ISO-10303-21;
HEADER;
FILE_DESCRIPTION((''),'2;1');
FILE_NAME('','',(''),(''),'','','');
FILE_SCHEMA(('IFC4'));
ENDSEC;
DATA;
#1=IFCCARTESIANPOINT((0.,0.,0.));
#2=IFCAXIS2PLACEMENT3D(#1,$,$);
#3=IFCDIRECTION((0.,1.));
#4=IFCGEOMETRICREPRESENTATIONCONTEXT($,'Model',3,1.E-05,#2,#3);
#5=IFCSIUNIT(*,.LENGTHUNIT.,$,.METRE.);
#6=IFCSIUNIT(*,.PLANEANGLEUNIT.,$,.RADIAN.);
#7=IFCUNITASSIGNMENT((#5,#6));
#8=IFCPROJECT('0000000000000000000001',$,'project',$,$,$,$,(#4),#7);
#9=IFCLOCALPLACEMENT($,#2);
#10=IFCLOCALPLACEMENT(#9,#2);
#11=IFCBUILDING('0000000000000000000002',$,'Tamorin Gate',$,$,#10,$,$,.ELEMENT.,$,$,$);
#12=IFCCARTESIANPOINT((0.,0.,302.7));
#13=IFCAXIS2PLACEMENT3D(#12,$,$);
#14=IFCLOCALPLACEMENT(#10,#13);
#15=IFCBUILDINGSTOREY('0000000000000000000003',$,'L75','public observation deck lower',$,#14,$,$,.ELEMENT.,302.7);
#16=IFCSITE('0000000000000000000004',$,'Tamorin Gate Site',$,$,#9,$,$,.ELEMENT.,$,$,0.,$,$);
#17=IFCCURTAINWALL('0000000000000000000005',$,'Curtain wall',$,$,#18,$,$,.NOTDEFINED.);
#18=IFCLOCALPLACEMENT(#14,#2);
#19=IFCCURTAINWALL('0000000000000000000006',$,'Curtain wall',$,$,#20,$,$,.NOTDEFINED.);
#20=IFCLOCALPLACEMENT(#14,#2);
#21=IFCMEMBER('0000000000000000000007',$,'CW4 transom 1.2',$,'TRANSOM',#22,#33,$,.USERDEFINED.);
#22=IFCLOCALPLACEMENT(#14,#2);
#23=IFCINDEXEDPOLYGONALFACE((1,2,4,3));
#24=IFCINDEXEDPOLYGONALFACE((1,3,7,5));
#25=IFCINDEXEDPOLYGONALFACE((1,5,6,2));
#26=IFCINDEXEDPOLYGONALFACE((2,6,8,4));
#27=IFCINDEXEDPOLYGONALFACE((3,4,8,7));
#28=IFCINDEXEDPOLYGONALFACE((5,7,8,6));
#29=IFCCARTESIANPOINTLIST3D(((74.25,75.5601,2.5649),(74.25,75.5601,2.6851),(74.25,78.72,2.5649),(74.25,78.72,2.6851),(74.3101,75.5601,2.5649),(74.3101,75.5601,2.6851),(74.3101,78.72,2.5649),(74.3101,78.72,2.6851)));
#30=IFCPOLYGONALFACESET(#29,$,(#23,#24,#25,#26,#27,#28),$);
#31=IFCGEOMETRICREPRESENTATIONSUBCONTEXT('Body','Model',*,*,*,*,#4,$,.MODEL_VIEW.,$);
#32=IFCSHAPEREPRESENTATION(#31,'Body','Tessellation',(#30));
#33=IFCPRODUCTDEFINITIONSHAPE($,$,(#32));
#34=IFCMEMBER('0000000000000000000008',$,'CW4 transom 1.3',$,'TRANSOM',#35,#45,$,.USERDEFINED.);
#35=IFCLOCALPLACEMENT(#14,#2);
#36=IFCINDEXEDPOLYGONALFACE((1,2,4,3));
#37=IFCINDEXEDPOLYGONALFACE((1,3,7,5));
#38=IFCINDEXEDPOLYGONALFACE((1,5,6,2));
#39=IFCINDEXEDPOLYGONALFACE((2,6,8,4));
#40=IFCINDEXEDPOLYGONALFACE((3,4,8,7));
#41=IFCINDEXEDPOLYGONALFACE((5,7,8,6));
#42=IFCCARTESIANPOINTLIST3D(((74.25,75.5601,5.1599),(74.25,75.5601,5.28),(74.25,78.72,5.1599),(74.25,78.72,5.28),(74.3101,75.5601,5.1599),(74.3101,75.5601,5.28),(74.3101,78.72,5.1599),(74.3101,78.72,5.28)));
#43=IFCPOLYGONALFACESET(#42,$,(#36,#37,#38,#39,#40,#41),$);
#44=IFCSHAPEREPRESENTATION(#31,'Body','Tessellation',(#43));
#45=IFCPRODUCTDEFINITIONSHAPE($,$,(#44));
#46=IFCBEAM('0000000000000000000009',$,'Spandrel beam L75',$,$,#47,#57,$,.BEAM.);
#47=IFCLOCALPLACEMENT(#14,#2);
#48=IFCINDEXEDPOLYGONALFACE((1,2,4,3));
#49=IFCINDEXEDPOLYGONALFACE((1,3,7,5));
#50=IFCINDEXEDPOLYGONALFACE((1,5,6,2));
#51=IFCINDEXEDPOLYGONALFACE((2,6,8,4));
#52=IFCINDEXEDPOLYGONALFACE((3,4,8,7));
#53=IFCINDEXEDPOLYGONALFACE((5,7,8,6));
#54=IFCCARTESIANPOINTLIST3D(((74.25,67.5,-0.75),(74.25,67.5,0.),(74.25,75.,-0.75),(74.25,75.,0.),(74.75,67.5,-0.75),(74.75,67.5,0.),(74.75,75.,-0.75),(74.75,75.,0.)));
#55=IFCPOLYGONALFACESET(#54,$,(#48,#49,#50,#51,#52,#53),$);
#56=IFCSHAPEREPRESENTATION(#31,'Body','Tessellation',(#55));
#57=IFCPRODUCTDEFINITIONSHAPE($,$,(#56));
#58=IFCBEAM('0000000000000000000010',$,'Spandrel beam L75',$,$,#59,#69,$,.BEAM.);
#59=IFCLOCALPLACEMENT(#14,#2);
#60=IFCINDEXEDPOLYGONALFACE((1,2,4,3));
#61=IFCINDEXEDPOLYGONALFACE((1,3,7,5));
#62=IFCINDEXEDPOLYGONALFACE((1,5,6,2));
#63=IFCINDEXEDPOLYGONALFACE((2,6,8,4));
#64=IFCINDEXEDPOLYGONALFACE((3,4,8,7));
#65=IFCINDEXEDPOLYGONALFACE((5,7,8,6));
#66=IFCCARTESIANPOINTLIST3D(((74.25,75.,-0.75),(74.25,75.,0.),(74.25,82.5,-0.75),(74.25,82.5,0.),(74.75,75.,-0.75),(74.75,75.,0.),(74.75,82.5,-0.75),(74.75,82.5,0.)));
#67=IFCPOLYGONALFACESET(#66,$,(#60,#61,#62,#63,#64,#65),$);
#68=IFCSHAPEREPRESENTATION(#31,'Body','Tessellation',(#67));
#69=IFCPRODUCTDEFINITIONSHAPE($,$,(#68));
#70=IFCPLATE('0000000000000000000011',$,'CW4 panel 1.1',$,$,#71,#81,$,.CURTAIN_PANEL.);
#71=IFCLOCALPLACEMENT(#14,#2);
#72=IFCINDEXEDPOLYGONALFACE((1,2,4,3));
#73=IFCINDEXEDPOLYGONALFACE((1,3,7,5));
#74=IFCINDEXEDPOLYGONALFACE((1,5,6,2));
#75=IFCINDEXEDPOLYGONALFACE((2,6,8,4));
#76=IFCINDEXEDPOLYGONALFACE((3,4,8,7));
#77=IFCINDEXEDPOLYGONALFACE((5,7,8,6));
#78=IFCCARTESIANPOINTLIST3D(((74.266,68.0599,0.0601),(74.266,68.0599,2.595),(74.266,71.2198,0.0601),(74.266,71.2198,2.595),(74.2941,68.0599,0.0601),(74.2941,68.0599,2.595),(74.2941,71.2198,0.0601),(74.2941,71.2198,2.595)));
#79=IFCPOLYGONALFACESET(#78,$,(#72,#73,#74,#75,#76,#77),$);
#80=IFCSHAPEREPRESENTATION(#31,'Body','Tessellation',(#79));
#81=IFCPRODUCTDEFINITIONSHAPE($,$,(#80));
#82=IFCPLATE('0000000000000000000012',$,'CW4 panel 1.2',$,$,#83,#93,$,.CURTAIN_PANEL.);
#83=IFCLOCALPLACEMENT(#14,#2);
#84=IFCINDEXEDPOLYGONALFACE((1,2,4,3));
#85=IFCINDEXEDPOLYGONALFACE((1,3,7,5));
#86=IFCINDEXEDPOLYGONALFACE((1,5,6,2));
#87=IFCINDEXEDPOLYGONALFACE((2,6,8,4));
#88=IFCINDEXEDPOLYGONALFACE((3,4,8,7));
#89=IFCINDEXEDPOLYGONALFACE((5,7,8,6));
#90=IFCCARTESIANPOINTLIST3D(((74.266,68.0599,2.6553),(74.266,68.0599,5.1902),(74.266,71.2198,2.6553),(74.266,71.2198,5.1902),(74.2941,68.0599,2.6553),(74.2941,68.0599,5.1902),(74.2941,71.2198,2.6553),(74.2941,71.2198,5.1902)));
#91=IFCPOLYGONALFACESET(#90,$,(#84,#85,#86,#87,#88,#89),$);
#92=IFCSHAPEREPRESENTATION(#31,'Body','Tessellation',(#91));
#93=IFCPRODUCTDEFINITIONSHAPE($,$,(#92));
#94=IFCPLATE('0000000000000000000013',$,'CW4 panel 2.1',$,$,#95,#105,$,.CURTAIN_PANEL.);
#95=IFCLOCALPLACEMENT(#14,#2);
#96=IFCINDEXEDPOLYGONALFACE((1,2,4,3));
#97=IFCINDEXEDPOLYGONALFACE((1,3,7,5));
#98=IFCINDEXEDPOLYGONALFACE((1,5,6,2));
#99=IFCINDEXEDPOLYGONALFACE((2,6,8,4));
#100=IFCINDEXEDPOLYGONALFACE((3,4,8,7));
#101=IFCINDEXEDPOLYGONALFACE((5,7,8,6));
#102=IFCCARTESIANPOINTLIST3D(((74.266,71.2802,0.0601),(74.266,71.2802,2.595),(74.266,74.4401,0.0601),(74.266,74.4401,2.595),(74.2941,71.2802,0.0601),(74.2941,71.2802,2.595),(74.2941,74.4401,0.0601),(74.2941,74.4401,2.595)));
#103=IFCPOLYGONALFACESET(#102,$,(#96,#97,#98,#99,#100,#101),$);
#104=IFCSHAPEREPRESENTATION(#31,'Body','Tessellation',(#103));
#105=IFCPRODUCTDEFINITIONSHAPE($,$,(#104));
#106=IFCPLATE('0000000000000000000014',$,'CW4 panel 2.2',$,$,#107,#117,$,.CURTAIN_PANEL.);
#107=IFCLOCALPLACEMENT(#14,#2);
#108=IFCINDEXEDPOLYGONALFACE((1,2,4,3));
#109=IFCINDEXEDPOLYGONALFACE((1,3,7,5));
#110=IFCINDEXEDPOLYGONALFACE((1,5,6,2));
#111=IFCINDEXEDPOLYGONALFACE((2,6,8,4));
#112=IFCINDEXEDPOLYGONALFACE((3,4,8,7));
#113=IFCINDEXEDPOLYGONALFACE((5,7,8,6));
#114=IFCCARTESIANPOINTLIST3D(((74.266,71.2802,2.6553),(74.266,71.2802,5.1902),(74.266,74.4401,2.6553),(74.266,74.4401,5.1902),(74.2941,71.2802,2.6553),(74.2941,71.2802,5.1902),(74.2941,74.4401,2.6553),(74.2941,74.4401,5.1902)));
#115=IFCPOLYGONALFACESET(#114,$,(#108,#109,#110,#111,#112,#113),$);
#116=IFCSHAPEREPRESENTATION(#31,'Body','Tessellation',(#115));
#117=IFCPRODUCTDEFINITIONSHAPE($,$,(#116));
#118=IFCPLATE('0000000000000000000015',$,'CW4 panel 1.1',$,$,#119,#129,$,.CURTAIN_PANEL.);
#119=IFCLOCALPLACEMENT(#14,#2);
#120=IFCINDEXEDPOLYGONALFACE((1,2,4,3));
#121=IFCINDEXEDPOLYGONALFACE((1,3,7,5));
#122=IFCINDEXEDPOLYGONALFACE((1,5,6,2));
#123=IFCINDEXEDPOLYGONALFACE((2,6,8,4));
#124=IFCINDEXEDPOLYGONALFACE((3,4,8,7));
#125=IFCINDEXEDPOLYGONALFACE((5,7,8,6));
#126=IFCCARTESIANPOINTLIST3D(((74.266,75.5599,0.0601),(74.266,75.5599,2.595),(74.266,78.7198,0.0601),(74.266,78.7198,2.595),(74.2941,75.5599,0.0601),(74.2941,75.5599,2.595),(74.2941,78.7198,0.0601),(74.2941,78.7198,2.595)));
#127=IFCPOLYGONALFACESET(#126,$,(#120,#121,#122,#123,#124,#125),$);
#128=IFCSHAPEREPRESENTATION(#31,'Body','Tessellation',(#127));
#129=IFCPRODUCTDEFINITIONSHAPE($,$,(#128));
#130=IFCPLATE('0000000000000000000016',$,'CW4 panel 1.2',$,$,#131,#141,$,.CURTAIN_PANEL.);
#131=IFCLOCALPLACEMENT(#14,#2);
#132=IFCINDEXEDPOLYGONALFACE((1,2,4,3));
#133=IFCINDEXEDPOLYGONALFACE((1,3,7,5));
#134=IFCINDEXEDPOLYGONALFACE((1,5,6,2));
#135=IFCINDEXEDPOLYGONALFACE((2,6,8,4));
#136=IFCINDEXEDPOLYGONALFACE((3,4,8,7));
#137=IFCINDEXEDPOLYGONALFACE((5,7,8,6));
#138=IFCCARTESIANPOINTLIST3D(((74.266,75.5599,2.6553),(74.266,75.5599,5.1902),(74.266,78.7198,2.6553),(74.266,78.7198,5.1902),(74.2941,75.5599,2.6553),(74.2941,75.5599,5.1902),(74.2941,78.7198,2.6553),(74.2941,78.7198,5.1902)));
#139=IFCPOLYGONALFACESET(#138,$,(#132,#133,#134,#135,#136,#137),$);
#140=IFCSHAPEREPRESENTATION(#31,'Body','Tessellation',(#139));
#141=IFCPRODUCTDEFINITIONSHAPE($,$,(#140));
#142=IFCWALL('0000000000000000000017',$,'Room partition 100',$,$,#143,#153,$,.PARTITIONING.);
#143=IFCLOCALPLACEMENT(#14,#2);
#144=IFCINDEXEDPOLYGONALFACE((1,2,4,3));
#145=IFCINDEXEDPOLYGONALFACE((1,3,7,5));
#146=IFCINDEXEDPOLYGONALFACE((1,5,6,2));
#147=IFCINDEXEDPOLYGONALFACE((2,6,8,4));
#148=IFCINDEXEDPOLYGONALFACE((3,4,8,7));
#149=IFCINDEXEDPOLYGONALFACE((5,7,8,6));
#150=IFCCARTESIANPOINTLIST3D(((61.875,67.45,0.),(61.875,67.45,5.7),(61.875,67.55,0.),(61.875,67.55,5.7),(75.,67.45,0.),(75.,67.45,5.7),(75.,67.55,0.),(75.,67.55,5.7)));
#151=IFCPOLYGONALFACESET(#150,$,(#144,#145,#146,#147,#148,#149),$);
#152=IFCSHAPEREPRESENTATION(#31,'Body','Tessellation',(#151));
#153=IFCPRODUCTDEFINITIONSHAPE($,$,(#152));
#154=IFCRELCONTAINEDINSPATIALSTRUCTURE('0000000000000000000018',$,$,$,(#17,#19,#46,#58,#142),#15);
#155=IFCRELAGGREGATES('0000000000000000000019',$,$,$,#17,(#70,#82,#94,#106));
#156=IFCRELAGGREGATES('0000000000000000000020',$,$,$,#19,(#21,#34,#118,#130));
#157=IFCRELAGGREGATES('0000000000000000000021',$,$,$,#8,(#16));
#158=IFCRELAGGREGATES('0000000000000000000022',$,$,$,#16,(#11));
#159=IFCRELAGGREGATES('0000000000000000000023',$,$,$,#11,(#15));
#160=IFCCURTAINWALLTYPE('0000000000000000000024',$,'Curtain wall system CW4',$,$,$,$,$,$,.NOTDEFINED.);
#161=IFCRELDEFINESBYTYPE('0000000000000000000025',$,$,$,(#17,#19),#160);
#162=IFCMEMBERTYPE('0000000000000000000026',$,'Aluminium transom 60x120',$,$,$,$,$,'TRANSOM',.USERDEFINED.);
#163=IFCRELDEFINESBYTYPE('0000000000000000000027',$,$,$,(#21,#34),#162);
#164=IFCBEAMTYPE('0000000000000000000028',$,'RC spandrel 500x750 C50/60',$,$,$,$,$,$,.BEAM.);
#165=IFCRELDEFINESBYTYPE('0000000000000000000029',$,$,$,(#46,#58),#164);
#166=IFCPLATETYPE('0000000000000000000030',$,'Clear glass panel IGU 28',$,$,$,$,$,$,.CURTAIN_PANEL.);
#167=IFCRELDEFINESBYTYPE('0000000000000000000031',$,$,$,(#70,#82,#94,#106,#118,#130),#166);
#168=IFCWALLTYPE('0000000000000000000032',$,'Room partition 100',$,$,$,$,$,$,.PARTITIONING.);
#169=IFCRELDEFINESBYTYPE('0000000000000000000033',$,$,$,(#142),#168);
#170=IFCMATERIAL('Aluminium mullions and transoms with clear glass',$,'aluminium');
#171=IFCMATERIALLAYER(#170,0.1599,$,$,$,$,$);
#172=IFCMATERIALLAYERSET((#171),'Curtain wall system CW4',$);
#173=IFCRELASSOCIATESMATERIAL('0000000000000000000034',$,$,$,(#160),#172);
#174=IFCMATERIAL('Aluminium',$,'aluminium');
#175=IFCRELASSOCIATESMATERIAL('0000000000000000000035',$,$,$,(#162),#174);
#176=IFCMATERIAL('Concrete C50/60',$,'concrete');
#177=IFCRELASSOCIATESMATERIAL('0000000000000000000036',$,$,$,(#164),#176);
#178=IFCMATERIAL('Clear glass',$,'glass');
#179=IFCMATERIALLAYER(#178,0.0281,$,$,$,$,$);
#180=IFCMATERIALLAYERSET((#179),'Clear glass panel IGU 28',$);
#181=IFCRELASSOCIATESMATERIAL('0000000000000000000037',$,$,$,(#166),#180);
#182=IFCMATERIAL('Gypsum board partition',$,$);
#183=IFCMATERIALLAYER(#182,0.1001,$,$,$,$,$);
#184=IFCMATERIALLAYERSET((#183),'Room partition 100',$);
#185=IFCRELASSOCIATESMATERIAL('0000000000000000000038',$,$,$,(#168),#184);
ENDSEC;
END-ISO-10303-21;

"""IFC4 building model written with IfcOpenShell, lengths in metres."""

from ifc_helpers import new_model, si_unit, direction, frame, frame_2d, origin, origin_2d, place, context, subcontext, project, spatial, rectangle, extrude, material, layer, layer_set, material_profile, profile_set, type_object, element, aggregate, save


model = new_model("IFC4")

# Units and contexts
model_context = context("Model", 3, precision=1e-05, world=origin(), true_north=direction((0.0, 1.0)))
body_context = subcontext(model_context, "Body", "Model", "MODEL_VIEW")
ifc_project = project(units=[si_unit("LENGTHUNIT", "METRE"), si_unit("PLANEANGLEUNIT", "RADIAN")], contexts=[model_context])

# Site, building, storey
site_placement = place(None, origin())
site = spatial("IfcSite", under=ifc_project, at=site_placement, Name="Tamorin Gate Site", CompositionType="ELEMENT", RefElevation=0.0)
building_placement = place(site_placement, origin())
building = spatial("IfcBuilding", under=site, at=building_placement, Name="Tamorin Gate", CompositionType="ELEMENT")
storey_placement = place(building_placement, frame((0.0, 0.0, 302.7)))
storey = spatial("IfcBuildingStorey", under=building, at=storey_placement, Name="L75", Description="public observation deck lower", CompositionType="ELEMENT", Elevation=302.7)

# Shared definitions
ifc_material_1 = material(Name="Concrete C50/60", Category="concrete")

# Curtain wall
ifc_material_2 = material(Name="Aluminium mullions and transoms with clear glass", Category="aluminium")
ifc_layer_1 = layer(ifc_material_2, 0.1599)
ifc_layer_set_1 = layer_set([ifc_layer_1], Name="Curtain wall system CW4")
curtain_wall_type = type_object("IfcCurtainWallType", Name="Curtain wall system CW4", PredefinedType="NOTDEFINED", material=ifc_layer_set_1)
curtain_wall_1_placement = place(storey_placement, origin())
curtain_wall_1 = element("IfcCurtainWall", 1, at=curtain_wall_1_placement, inside=storey, type_object=curtain_wall_type, Name="Curtain wall", PredefinedType="NOTDEFINED")
ifc_material_3 = material(Name="Aluminium", Category="aluminium")

# Curtain wall
curtain_wall_2_placement = place(storey_placement, origin())
curtain_wall_2 = element("IfcCurtainWall", 2, at=curtain_wall_2_placement, inside=storey, type_object=curtain_wall_type, Name="Curtain wall", PredefinedType="NOTDEFINED")

# Members
ifc_material_profile_1 = material_profile(ifc_material_3, rectangle(XDim=0.0601, YDim=0.1201, at=origin_2d()), Name="RECT 60x120")
ifc_profile_set_1 = profile_set([ifc_material_profile_1], Name="Aluminium")
member_type_1 = type_object("IfcMemberType", Name="Aluminium transom 60x120", ElementType="TRANSOM", PredefinedType="USERDEFINED", material=ifc_profile_set_1)
member_1_placement = place(storey_placement, frame((74.28, 75.5601, 2.625), z_axis=(0.0, 1.0, 0.0), x_axis=(-1.0, 0.0, 0.0)))
member_1 = element("IfcMember", 3, at=member_1_placement, type_object=member_type_1, Name="CW4 transom 1.2", ObjectType="TRANSOM", PredefinedType="USERDEFINED", context=body_context, shape_type="SweptSolid", body=[
    extrude(rectangle(XDim=0.0601, YDim=0.1201, at=origin_2d()), origin(), (0.0, 0.0, 1.0), 3.1599),
])
member_2_placement = place(storey_placement, frame((74.28, 75.5601, 5.22), z_axis=(0.0, 1.0, 0.0), x_axis=(-1.0, 0.0, 0.0)))
member_2 = element("IfcMember", 4, at=member_2_placement, type_object=member_type_1, Name="CW4 transom 1.3", ObjectType="TRANSOM", PredefinedType="USERDEFINED", context=body_context, shape_type="SweptSolid", body=[
    extrude(rectangle(XDim=0.0601, YDim=0.1201, at=origin_2d()), origin(), (0.0, 0.0, 1.0), 3.1599),
])

# Beams
ifc_material_profile_2 = material_profile(ifc_material_1, rectangle(XDim=0.5, YDim=0.75, at=origin_2d()), Name="RC 500x750")
ifc_profile_set_2 = profile_set([ifc_material_profile_2], Name="Concrete C50/60")
beam_type = type_object("IfcBeamType", Name="RC spandrel 500x750 C50/60", PredefinedType="BEAM", material=ifc_profile_set_2)
for number, where, z_axis, x_axis, name in (
    (5, (74.5, 67.5, -0.375), (0.0, 1.0, 0.0), (-1.0, 0.0, 0.0), "Spandrel beam L75"),
    (6, (74.5, 75.0, -0.375), (0.0, 1.0, 0.0), (-1.0, 0.0, 0.0), "Spandrel beam L75"),
):
    element("IfcBeam", number, at=place(storey_placement, frame(where, z_axis=z_axis, x_axis=x_axis)), inside=storey, type_object=beam_type, Name=name, PredefinedType="BEAM", context=body_context, shape_type="SweptSolid", body=[
        extrude(rectangle(XDim=0.5, YDim=0.75, at=origin_2d()), origin(), (0.0, 0.0, 1.0), 7.5),
    ])

# Plates
ifc_material_4 = material(Name="Clear glass", Category="glass")
ifc_layer_2 = layer(ifc_material_4, 0.0281)
ifc_layer_set_2 = layer_set([ifc_layer_2], Name="Clear glass panel IGU 28")
plate_type = type_object("IfcPlateType", Name="Clear glass panel IGU 28", PredefinedType="CURTAIN_PANEL", material=ifc_layer_set_2)
plate_1_placement = place(storey_placement, frame((74.28, 69.6399, 0.0601), z_axis=(0.0, 0.0, 1.0), x_axis=(0.0, 1.0, 0.0)))
plate_1 = element("IfcPlate", 7, at=plate_1_placement, type_object=plate_type, Name="CW4 panel 1.1", PredefinedType="CURTAIN_PANEL", context=body_context, shape_type="SweptSolid", body=[
    extrude(rectangle(XDim=3.1599, YDim=0.0281, at=origin_2d()), origin(), (0.0, 0.0, 1.0), 2.5349),
])
plate_2_placement = place(storey_placement, frame((74.28, 69.6399, 2.6553), z_axis=(0.0, 0.0, 1.0), x_axis=(0.0, 1.0, 0.0)))
plate_2 = element("IfcPlate", 8, at=plate_2_placement, type_object=plate_type, Name="CW4 panel 1.2", PredefinedType="CURTAIN_PANEL", context=body_context, shape_type="SweptSolid", body=[
    extrude(rectangle(XDim=3.1599, YDim=0.0281, at=origin_2d()), origin(), (0.0, 0.0, 1.0), 2.5349),
])
plate_3_placement = place(storey_placement, frame((74.28, 72.8601, 0.0601), z_axis=(0.0, 0.0, 1.0), x_axis=(0.0, 1.0, 0.0)))
plate_3 = element("IfcPlate", 9, at=plate_3_placement, type_object=plate_type, Name="CW4 panel 2.1", PredefinedType="CURTAIN_PANEL", context=body_context, shape_type="SweptSolid", body=[
    extrude(rectangle(XDim=3.1599, YDim=0.0281, at=origin_2d()), origin(), (0.0, 0.0, 1.0), 2.5349),
])
plate_4_placement = place(storey_placement, frame((74.28, 72.8601, 2.6553), z_axis=(0.0, 0.0, 1.0), x_axis=(0.0, 1.0, 0.0)))
plate_4 = element("IfcPlate", 10, at=plate_4_placement, type_object=plate_type, Name="CW4 panel 2.2", PredefinedType="CURTAIN_PANEL", context=body_context, shape_type="SweptSolid", body=[
    extrude(rectangle(XDim=3.1599, YDim=0.0281, at=origin_2d()), origin(), (0.0, 0.0, 1.0), 2.5349),
])
aggregate(curtain_wall_1, [plate_1, plate_2, plate_3, plate_4])
plate_5_placement = place(storey_placement, frame((74.28, 77.1399, 0.0601), z_axis=(0.0, 0.0, 1.0), x_axis=(0.0, 1.0, 0.0)))
plate_5 = element("IfcPlate", 11, at=plate_5_placement, type_object=plate_type, Name="CW4 panel 1.1", PredefinedType="CURTAIN_PANEL", context=body_context, shape_type="SweptSolid", body=[
    extrude(rectangle(XDim=3.1599, YDim=0.0281, at=origin_2d()), origin(), (0.0, 0.0, 1.0), 2.5349),
])
plate_6_placement = place(storey_placement, frame((74.28, 77.1399, 2.6553), z_axis=(0.0, 0.0, 1.0), x_axis=(0.0, 1.0, 0.0)))
plate_6 = element("IfcPlate", 12, at=plate_6_placement, type_object=plate_type, Name="CW4 panel 1.2", PredefinedType="CURTAIN_PANEL", context=body_context, shape_type="SweptSolid", body=[
    extrude(rectangle(XDim=3.1599, YDim=0.0281, at=origin_2d()), origin(), (0.0, 0.0, 1.0), 2.5349),
])
aggregate(curtain_wall_2, [member_1, member_2, plate_5, plate_6])

# Wall
ifc_material_5 = material(Name="Gypsum board partition")
ifc_layer_3 = layer(ifc_material_5, 0.1001)
ifc_layer_set_3 = layer_set([ifc_layer_3], Name="Room partition 100")
wall_type = type_object("IfcWallType", Name="Room partition 100", PredefinedType="PARTITIONING", material=ifc_layer_set_3)
wall_placement = place(storey_placement, frame((61.875, 67.5, 0.0), z_axis=(0.0, 0.0, 1.0), x_axis=(1.0, 0.0, 0.0)))
element("IfcWall", 13, at=wall_placement, inside=storey, type_object=wall_type, Name="Room partition 100", PredefinedType="PARTITIONING", context=body_context, shape_type="SweptSolid", body=[
    extrude(rectangle(XDim=13.125, YDim=0.1001, at=frame_2d((6.5625, 0.0))), origin(), (0.0, 0.0, 1.0), 5.7),
])

save(model, "model.ifc")
